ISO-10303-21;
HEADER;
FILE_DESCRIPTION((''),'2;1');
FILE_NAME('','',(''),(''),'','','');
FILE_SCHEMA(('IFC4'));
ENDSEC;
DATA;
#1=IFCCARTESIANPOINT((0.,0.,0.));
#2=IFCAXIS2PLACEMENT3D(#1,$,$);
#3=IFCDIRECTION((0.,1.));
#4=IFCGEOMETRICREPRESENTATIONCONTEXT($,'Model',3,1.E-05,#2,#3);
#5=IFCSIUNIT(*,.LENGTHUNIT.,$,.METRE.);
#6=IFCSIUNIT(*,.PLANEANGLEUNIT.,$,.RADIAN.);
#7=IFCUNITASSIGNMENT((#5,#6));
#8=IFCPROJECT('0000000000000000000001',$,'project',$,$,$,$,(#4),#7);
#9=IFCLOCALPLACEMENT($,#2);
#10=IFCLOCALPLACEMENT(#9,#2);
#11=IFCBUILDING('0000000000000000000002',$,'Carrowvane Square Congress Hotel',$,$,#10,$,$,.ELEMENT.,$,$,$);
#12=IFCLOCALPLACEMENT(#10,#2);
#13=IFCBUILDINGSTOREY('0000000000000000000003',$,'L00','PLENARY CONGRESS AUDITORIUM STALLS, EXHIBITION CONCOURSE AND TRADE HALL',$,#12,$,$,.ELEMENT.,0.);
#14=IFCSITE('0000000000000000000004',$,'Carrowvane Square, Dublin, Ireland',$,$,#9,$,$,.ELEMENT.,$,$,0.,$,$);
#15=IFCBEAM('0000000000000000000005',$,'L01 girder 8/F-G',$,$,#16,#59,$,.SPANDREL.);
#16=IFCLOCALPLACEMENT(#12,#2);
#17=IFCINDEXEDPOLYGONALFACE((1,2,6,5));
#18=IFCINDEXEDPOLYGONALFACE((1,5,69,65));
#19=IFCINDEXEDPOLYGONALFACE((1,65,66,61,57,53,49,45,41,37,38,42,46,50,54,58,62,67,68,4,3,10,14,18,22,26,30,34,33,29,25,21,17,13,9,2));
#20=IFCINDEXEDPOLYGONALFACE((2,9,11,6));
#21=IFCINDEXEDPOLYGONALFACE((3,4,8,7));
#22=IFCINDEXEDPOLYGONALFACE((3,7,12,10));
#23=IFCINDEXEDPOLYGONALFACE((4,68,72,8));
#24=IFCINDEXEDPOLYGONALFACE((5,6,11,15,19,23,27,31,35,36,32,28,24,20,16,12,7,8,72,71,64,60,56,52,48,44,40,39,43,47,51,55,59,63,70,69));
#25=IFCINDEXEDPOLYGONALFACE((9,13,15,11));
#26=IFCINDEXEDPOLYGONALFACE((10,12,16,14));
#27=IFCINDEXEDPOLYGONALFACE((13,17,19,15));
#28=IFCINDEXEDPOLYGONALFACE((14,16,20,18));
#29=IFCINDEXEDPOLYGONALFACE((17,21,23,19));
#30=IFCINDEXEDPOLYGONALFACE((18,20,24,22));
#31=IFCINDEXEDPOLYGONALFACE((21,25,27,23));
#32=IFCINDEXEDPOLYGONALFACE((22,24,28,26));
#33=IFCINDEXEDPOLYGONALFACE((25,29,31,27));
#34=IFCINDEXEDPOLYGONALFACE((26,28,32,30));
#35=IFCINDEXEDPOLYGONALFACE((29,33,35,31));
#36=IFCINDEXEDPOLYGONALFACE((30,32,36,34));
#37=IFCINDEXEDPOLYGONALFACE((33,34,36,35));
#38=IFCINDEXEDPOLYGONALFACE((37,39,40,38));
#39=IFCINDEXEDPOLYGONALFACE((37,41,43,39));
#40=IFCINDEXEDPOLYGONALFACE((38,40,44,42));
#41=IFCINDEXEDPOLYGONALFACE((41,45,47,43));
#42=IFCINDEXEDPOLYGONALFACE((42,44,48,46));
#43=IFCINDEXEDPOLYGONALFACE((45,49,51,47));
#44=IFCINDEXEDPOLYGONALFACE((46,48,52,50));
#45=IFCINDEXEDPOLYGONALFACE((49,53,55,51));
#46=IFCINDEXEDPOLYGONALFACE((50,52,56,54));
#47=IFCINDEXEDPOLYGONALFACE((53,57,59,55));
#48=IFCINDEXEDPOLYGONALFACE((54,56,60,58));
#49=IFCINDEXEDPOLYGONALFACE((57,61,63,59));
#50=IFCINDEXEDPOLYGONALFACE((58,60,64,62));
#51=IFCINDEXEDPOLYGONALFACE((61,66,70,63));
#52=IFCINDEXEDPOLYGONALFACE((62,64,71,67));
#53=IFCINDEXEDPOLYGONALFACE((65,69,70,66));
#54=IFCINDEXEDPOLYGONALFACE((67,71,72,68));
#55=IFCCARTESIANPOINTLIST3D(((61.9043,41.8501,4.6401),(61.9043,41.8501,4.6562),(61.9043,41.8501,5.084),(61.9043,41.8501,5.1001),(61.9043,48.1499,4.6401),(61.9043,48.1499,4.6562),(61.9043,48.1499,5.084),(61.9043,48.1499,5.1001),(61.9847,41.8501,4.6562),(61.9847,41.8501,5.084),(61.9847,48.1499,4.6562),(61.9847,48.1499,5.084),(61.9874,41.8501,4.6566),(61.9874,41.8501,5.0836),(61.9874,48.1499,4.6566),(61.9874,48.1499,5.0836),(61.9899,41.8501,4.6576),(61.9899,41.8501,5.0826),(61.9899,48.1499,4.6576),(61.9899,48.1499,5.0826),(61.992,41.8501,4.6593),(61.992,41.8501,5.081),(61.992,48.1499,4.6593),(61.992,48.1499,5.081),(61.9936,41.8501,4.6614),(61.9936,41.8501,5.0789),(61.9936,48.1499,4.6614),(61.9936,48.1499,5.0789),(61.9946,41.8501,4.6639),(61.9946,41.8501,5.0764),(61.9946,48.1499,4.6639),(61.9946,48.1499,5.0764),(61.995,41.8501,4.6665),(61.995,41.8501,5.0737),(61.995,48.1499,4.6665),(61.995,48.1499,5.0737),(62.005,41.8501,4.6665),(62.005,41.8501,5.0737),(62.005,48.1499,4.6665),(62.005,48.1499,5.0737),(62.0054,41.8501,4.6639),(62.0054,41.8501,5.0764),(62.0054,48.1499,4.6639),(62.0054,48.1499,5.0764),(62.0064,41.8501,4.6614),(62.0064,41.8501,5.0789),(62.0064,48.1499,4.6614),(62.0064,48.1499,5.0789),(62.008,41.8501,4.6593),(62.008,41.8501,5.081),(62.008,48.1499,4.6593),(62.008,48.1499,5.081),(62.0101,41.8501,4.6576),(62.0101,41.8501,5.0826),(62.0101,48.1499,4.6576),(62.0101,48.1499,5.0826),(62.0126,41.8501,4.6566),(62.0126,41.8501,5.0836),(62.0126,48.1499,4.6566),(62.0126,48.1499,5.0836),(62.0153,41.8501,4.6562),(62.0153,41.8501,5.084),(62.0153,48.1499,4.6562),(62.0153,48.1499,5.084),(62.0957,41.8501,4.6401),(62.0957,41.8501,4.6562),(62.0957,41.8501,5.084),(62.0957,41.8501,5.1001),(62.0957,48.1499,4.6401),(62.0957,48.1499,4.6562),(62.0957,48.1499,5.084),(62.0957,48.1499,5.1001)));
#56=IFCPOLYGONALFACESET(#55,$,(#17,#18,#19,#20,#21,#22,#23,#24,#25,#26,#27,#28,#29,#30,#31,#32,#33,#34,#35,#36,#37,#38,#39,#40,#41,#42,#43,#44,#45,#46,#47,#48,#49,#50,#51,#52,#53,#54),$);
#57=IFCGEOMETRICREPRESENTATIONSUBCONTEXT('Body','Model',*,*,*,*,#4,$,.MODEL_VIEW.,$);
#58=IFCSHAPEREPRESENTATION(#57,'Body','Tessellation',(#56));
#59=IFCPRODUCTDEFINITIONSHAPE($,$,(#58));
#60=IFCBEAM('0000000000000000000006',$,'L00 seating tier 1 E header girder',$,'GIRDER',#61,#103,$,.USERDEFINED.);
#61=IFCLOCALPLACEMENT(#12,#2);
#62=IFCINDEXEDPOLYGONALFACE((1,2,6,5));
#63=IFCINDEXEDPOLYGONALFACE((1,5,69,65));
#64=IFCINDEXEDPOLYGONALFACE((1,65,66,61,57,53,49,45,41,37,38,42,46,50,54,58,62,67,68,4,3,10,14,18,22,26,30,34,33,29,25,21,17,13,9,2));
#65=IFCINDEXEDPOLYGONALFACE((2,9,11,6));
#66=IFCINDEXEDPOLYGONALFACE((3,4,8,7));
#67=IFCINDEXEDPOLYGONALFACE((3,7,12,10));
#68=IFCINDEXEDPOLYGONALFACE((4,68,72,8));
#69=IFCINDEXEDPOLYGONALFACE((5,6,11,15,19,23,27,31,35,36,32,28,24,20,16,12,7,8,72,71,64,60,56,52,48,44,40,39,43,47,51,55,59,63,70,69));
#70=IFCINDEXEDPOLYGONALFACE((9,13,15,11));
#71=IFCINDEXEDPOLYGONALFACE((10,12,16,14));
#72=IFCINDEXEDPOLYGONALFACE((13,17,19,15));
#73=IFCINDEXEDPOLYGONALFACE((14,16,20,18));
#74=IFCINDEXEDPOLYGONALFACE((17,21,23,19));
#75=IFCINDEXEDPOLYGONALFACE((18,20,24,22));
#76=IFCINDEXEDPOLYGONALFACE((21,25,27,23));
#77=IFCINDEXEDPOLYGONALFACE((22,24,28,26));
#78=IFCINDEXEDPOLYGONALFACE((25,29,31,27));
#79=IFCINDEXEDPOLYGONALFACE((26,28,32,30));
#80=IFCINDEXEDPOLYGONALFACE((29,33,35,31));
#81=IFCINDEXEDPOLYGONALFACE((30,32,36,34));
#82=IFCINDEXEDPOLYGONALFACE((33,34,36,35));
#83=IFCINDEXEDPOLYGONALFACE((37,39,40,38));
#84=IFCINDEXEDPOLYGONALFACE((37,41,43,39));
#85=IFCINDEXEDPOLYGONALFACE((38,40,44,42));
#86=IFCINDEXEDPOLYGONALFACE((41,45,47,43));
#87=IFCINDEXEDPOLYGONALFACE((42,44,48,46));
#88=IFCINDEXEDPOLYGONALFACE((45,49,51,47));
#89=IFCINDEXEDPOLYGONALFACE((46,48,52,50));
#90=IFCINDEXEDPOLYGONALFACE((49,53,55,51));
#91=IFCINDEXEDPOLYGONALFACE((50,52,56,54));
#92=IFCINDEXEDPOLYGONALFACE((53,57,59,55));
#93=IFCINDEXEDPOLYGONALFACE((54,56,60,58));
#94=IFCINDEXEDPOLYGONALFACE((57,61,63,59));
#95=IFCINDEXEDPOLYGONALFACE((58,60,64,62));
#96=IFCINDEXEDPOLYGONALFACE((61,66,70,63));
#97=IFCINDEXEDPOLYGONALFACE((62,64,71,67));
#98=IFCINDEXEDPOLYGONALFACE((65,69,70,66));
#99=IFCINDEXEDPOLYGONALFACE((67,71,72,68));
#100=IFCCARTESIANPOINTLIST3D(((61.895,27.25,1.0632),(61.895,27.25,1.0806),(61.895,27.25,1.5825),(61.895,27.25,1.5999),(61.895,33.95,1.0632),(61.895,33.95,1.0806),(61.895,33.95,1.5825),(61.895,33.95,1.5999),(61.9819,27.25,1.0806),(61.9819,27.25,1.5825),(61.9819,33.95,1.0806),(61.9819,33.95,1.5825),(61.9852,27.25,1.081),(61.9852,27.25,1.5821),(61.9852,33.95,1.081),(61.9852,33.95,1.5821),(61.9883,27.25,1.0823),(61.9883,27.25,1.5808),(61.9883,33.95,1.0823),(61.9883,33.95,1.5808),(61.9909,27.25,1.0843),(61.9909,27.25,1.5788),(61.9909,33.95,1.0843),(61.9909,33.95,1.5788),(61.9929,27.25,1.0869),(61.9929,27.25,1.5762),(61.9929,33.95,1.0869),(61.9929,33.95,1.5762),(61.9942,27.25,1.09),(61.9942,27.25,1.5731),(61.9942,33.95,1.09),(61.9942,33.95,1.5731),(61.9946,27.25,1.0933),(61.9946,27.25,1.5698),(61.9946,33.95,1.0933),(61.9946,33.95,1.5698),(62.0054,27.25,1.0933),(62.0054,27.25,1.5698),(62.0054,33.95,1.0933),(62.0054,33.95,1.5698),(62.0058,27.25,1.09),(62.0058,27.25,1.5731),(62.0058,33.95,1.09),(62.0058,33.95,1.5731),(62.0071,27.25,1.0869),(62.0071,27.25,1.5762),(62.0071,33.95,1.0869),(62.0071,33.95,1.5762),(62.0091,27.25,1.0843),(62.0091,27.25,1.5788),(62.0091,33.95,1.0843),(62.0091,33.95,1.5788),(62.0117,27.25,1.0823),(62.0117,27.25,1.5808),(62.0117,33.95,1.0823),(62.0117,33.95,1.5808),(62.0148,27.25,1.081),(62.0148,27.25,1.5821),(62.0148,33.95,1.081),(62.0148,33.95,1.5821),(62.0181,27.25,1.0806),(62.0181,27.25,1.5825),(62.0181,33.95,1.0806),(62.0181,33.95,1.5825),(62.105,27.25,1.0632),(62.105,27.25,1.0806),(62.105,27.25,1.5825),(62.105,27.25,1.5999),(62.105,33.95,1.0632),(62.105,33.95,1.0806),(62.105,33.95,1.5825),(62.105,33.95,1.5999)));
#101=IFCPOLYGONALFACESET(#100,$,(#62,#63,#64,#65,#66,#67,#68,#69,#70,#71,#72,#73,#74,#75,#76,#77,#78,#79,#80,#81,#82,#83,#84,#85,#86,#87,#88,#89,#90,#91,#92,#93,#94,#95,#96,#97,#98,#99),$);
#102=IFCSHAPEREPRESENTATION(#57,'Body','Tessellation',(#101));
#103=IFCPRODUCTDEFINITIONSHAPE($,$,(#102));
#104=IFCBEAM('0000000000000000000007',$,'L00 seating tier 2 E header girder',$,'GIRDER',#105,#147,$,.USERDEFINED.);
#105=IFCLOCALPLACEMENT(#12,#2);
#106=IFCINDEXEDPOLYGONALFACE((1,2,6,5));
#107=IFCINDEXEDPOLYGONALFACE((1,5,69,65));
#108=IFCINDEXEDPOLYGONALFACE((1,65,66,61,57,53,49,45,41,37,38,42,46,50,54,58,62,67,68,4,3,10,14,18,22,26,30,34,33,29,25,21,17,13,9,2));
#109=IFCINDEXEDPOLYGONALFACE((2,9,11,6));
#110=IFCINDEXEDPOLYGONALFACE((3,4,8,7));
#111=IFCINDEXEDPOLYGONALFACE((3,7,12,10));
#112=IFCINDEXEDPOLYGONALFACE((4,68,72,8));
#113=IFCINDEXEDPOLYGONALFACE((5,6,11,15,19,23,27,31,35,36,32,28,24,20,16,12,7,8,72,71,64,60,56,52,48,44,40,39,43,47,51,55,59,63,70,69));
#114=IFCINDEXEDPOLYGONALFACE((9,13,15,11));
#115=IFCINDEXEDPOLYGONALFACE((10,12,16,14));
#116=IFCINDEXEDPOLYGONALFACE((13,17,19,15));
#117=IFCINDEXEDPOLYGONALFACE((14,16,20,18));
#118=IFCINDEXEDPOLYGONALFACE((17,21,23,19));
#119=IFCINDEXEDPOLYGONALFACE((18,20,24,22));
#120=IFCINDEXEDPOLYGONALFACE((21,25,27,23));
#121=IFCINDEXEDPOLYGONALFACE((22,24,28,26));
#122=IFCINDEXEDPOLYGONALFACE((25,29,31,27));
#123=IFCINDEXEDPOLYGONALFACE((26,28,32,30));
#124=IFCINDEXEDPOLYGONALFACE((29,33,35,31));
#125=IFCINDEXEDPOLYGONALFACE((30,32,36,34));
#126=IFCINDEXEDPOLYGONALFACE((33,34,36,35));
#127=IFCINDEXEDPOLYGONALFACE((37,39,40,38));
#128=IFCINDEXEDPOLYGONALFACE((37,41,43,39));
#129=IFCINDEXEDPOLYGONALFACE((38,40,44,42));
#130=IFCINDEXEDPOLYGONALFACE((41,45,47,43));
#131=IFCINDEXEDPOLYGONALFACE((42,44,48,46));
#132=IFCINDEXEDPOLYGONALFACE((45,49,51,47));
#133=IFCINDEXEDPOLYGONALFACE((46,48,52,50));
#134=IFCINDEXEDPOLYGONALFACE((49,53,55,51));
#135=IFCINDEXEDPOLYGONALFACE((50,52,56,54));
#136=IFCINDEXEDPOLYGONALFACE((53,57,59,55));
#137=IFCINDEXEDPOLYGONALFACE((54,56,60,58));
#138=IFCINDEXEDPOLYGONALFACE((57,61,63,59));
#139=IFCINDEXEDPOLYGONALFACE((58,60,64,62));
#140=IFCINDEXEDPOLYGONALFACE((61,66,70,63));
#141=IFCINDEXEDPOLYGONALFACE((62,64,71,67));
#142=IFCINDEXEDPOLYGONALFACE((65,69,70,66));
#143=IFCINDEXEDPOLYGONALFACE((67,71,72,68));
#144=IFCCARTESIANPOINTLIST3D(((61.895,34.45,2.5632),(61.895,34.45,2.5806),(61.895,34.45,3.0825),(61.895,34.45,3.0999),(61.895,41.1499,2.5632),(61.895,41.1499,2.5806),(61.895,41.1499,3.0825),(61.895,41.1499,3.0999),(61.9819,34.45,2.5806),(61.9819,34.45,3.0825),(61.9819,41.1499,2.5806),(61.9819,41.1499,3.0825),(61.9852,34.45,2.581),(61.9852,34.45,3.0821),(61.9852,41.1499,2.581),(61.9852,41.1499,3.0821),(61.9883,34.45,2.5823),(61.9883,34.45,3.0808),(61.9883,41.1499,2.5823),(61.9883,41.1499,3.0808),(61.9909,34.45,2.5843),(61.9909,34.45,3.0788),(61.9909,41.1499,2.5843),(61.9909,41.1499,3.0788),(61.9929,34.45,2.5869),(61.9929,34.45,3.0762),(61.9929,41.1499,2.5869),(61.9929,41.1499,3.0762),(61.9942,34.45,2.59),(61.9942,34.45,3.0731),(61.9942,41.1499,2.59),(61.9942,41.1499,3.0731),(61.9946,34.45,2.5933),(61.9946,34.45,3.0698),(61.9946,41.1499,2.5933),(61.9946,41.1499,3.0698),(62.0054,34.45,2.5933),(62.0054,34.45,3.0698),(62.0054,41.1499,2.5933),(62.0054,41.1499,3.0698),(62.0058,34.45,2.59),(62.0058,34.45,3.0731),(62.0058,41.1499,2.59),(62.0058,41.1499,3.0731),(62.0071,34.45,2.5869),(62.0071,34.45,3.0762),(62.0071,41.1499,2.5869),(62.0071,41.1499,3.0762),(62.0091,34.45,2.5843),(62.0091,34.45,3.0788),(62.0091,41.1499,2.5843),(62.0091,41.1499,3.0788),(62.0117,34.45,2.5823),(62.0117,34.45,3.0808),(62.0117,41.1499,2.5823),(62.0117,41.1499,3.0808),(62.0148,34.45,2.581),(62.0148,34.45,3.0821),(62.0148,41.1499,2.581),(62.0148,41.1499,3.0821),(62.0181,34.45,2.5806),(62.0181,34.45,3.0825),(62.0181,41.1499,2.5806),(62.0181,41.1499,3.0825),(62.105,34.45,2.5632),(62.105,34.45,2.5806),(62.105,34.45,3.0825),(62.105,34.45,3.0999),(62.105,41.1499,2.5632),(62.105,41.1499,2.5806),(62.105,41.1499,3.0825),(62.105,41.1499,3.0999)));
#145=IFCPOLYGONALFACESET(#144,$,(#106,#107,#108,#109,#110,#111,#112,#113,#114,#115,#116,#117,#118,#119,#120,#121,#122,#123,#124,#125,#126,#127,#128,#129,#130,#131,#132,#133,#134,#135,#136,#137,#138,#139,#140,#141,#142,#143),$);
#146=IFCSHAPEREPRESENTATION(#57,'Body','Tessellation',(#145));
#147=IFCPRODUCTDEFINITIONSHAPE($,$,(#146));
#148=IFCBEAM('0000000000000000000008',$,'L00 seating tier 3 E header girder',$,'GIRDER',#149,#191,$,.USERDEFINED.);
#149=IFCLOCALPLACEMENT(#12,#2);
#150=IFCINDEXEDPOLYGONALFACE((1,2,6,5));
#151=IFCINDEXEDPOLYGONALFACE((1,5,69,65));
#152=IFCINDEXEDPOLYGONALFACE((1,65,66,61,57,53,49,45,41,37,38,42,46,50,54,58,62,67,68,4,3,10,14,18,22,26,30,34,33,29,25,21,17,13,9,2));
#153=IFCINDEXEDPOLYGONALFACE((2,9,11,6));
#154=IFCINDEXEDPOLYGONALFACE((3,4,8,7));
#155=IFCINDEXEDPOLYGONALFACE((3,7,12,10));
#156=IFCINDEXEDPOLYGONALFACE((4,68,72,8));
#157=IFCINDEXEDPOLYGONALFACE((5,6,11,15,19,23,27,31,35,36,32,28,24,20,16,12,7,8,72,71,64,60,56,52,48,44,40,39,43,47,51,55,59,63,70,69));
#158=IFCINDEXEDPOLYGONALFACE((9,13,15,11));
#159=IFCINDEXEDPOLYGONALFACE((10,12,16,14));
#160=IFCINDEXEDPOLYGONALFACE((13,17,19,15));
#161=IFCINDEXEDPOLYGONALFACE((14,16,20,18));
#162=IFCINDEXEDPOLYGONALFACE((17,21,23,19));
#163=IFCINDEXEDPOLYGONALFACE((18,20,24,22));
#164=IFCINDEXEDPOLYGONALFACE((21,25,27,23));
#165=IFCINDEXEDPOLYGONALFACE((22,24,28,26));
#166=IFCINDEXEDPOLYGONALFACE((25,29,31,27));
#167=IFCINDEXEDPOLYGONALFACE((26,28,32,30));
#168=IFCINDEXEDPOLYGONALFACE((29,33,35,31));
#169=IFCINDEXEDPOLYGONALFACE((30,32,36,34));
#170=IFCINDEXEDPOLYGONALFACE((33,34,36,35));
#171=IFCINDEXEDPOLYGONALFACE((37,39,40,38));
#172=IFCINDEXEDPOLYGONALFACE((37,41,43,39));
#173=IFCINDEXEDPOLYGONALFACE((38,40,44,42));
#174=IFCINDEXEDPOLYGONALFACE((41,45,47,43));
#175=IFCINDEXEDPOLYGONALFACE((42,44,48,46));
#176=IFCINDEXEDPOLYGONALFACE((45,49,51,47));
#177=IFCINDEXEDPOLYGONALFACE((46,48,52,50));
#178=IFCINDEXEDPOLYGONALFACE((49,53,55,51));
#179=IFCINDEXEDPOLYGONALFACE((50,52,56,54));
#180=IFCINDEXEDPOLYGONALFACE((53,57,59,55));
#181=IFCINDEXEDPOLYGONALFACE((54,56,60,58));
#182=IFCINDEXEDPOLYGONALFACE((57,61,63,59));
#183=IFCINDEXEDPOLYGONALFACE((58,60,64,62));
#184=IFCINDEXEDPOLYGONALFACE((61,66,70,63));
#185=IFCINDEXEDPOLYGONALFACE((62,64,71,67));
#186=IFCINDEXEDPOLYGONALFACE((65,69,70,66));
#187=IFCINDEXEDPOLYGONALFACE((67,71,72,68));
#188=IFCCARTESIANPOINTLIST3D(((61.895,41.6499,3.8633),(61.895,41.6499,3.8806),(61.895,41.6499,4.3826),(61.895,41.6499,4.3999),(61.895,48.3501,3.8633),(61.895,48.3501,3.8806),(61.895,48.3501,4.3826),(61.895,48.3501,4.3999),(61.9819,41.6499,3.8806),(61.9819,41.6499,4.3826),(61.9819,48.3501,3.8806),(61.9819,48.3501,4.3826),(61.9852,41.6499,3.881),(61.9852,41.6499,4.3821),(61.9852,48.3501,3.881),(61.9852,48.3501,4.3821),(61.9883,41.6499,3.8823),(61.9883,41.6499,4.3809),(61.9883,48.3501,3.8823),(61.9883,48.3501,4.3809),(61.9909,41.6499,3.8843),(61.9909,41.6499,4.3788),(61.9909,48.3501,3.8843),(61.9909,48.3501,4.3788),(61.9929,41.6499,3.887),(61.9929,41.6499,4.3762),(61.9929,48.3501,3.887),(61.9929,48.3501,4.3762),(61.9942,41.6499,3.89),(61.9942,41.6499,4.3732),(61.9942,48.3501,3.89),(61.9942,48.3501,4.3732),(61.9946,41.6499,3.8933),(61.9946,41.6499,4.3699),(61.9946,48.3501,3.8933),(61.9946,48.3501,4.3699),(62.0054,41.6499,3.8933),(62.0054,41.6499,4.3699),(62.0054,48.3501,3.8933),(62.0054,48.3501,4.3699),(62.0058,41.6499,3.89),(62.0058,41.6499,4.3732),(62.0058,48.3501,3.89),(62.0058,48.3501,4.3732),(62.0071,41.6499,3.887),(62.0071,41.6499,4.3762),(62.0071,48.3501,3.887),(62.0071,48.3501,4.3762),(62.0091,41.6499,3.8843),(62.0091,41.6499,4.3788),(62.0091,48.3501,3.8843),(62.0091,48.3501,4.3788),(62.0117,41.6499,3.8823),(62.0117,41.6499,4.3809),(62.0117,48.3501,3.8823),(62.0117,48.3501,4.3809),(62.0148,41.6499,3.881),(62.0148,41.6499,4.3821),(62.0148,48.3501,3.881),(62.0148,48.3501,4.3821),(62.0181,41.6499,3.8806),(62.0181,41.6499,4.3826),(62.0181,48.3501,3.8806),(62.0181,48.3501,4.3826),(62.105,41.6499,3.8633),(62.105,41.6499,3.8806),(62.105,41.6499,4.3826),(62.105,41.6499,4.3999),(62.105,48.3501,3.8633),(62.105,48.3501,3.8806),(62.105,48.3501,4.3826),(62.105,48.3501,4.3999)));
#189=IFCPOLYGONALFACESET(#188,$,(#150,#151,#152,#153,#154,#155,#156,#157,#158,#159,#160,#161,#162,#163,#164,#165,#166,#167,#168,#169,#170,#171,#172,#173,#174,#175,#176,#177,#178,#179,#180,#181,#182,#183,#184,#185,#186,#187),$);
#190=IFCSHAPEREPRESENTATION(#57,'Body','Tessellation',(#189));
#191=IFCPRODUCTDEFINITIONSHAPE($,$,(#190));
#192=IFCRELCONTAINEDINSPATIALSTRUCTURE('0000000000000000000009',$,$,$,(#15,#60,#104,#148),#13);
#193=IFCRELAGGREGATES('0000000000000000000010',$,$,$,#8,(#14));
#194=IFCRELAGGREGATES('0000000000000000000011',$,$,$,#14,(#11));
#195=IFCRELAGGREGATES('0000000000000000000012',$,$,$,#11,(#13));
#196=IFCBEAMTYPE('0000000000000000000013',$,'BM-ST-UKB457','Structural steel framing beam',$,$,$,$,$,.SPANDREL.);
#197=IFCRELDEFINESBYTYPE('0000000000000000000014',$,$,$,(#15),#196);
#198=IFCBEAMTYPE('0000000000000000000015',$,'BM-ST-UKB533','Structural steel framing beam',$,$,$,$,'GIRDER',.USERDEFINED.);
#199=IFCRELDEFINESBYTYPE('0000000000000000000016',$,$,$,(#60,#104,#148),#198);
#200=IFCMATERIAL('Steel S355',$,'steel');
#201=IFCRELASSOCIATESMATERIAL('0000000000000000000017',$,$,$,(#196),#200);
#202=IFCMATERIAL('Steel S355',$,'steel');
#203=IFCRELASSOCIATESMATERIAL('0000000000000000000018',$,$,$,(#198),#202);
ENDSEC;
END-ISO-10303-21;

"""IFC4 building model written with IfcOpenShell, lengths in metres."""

from ifc_helpers import new_model, si_unit, direction, frame, origin, origin_2d, place, context, subcontext, project, spatial, i_section, extrude, material, material_profile, profile_set, type_object, element, save


model = new_model("IFC4")

# Units and contexts
model_context = context("Model", 3, precision=1e-05, world=origin(), true_north=direction((0.0, 1.0)))
body_context = subcontext(model_context, "Body", "Model", "MODEL_VIEW")
ifc_project = project(units=[si_unit("LENGTHUNIT", "METRE"), si_unit("PLANEANGLEUNIT", "RADIAN")], contexts=[model_context])

# Site, building, storey
site_placement = place(None, origin())
site = spatial("IfcSite", under=ifc_project, at=site_placement, Name="Carrowvane Square, Dublin, Ireland", CompositionType="ELEMENT", RefElevation=0.0)
building_placement = place(site_placement, origin())
building = spatial("IfcBuilding", under=site, at=building_placement, Name="Carrowvane Square Congress Hotel", CompositionType="ELEMENT")
storey_placement = place(building_placement, origin())
storey = spatial("IfcBuildingStorey", under=building, at=storey_placement, Name="L00", Description="PLENARY CONGRESS AUDITORIUM STALLS, EXHIBITION CONCOURSE AND TRADE HALL", CompositionType="ELEMENT", Elevation=0.0)

# Beams
ifc_material_1 = material(Name="Steel S355", Category="steel")
ifc_material_profile_1 = material_profile(ifc_material_1, i_section(OverallWidth=0.1914, OverallDepth=0.46, WebThickness=0.01, FlangeThickness=0.0161, FilletRadius=0.0103, at=origin_2d()), Name="UKB 457x191x82")
ifc_profile_set_1 = profile_set([ifc_material_profile_1], Name="Steel S355")
beam_type_1 = type_object("IfcBeamType", Name="BM-ST-UKB457", Description="Structural steel framing beam", PredefinedType="SPANDREL", material=ifc_profile_set_1)
beam_1_placement = place(storey_placement, frame((62.0, 41.8501, 4.8701), z_axis=(0.0, 1.0, 0.0), x_axis=(-1.0, 0.0, 0.0)))
element("IfcBeam", 1, at=beam_1_placement, inside=storey, type_object=beam_type_1, Name="L01 girder 8/F-G", PredefinedType="SPANDREL", context=body_context, shape_type="SweptSolid", body=[
    extrude(i_section(OverallWidth=0.1914, OverallDepth=0.46, WebThickness=0.01, FlangeThickness=0.0161, FilletRadius=0.0103, at=origin_2d()), origin(), (0.0, 0.0, 1.0), 6.2998),
])
ifc_material_2 = material(Name="Steel S355", Category="steel")
ifc_material_profile_2 = material_profile(ifc_material_2, i_section(OverallWidth=0.21, OverallDepth=0.5366, WebThickness=0.0107, FlangeThickness=0.0173, FilletRadius=0.0127, at=origin_2d()), Name="UKB 533x210x101")
ifc_profile_set_2 = profile_set([ifc_material_profile_2], Name="Steel S355")
beam_type_2 = type_object("IfcBeamType", Name="BM-ST-UKB533", Description="Structural steel framing beam", ElementType="GIRDER", PredefinedType="USERDEFINED", material=ifc_profile_set_2)
for number, where, z_axis, x_axis, name in (
    (2, (62.0, 27.25, 1.3315), (0.0, 1.0, 0.0), (-1.0, 0.0, 0.0), "L00 seating tier 1 E header girder"),
    (3, (62.0, 34.45, 2.8315), (0.0, 1.0, 0.0), (-1.0, 0.0, 0.0), "L00 seating tier 2 E header girder"),
):
    element("IfcBeam", number, at=place(storey_placement, frame(where, z_axis=z_axis, x_axis=x_axis)), inside=storey, type_object=beam_type_2, Name=name, ObjectType="GIRDER", PredefinedType="USERDEFINED", context=body_context, shape_type="SweptSolid", body=[
        extrude(i_section(OverallWidth=0.21, OverallDepth=0.5366, WebThickness=0.0107, FlangeThickness=0.0173, FilletRadius=0.0127, at=origin_2d()), origin(), (0.0, 0.0, 1.0), 6.7),
    ])
beam_2_placement = place(storey_placement, frame((62.0, 41.6499, 4.1316), z_axis=(0.0, 1.0, 0.0), x_axis=(-1.0, 0.0, 0.0)))
element("IfcBeam", 4, at=beam_2_placement, inside=storey, type_object=beam_type_2, Name="L00 seating tier 3 E header girder", ObjectType="GIRDER", PredefinedType="USERDEFINED", context=body_context, shape_type="SweptSolid", body=[
    extrude(i_section(OverallWidth=0.21, OverallDepth=0.5366, WebThickness=0.0107, FlangeThickness=0.0173, FilletRadius=0.0127, at=origin_2d()), origin(), (0.0, 0.0, 1.0), 6.7002),
])

save(model, "model.ifc")
